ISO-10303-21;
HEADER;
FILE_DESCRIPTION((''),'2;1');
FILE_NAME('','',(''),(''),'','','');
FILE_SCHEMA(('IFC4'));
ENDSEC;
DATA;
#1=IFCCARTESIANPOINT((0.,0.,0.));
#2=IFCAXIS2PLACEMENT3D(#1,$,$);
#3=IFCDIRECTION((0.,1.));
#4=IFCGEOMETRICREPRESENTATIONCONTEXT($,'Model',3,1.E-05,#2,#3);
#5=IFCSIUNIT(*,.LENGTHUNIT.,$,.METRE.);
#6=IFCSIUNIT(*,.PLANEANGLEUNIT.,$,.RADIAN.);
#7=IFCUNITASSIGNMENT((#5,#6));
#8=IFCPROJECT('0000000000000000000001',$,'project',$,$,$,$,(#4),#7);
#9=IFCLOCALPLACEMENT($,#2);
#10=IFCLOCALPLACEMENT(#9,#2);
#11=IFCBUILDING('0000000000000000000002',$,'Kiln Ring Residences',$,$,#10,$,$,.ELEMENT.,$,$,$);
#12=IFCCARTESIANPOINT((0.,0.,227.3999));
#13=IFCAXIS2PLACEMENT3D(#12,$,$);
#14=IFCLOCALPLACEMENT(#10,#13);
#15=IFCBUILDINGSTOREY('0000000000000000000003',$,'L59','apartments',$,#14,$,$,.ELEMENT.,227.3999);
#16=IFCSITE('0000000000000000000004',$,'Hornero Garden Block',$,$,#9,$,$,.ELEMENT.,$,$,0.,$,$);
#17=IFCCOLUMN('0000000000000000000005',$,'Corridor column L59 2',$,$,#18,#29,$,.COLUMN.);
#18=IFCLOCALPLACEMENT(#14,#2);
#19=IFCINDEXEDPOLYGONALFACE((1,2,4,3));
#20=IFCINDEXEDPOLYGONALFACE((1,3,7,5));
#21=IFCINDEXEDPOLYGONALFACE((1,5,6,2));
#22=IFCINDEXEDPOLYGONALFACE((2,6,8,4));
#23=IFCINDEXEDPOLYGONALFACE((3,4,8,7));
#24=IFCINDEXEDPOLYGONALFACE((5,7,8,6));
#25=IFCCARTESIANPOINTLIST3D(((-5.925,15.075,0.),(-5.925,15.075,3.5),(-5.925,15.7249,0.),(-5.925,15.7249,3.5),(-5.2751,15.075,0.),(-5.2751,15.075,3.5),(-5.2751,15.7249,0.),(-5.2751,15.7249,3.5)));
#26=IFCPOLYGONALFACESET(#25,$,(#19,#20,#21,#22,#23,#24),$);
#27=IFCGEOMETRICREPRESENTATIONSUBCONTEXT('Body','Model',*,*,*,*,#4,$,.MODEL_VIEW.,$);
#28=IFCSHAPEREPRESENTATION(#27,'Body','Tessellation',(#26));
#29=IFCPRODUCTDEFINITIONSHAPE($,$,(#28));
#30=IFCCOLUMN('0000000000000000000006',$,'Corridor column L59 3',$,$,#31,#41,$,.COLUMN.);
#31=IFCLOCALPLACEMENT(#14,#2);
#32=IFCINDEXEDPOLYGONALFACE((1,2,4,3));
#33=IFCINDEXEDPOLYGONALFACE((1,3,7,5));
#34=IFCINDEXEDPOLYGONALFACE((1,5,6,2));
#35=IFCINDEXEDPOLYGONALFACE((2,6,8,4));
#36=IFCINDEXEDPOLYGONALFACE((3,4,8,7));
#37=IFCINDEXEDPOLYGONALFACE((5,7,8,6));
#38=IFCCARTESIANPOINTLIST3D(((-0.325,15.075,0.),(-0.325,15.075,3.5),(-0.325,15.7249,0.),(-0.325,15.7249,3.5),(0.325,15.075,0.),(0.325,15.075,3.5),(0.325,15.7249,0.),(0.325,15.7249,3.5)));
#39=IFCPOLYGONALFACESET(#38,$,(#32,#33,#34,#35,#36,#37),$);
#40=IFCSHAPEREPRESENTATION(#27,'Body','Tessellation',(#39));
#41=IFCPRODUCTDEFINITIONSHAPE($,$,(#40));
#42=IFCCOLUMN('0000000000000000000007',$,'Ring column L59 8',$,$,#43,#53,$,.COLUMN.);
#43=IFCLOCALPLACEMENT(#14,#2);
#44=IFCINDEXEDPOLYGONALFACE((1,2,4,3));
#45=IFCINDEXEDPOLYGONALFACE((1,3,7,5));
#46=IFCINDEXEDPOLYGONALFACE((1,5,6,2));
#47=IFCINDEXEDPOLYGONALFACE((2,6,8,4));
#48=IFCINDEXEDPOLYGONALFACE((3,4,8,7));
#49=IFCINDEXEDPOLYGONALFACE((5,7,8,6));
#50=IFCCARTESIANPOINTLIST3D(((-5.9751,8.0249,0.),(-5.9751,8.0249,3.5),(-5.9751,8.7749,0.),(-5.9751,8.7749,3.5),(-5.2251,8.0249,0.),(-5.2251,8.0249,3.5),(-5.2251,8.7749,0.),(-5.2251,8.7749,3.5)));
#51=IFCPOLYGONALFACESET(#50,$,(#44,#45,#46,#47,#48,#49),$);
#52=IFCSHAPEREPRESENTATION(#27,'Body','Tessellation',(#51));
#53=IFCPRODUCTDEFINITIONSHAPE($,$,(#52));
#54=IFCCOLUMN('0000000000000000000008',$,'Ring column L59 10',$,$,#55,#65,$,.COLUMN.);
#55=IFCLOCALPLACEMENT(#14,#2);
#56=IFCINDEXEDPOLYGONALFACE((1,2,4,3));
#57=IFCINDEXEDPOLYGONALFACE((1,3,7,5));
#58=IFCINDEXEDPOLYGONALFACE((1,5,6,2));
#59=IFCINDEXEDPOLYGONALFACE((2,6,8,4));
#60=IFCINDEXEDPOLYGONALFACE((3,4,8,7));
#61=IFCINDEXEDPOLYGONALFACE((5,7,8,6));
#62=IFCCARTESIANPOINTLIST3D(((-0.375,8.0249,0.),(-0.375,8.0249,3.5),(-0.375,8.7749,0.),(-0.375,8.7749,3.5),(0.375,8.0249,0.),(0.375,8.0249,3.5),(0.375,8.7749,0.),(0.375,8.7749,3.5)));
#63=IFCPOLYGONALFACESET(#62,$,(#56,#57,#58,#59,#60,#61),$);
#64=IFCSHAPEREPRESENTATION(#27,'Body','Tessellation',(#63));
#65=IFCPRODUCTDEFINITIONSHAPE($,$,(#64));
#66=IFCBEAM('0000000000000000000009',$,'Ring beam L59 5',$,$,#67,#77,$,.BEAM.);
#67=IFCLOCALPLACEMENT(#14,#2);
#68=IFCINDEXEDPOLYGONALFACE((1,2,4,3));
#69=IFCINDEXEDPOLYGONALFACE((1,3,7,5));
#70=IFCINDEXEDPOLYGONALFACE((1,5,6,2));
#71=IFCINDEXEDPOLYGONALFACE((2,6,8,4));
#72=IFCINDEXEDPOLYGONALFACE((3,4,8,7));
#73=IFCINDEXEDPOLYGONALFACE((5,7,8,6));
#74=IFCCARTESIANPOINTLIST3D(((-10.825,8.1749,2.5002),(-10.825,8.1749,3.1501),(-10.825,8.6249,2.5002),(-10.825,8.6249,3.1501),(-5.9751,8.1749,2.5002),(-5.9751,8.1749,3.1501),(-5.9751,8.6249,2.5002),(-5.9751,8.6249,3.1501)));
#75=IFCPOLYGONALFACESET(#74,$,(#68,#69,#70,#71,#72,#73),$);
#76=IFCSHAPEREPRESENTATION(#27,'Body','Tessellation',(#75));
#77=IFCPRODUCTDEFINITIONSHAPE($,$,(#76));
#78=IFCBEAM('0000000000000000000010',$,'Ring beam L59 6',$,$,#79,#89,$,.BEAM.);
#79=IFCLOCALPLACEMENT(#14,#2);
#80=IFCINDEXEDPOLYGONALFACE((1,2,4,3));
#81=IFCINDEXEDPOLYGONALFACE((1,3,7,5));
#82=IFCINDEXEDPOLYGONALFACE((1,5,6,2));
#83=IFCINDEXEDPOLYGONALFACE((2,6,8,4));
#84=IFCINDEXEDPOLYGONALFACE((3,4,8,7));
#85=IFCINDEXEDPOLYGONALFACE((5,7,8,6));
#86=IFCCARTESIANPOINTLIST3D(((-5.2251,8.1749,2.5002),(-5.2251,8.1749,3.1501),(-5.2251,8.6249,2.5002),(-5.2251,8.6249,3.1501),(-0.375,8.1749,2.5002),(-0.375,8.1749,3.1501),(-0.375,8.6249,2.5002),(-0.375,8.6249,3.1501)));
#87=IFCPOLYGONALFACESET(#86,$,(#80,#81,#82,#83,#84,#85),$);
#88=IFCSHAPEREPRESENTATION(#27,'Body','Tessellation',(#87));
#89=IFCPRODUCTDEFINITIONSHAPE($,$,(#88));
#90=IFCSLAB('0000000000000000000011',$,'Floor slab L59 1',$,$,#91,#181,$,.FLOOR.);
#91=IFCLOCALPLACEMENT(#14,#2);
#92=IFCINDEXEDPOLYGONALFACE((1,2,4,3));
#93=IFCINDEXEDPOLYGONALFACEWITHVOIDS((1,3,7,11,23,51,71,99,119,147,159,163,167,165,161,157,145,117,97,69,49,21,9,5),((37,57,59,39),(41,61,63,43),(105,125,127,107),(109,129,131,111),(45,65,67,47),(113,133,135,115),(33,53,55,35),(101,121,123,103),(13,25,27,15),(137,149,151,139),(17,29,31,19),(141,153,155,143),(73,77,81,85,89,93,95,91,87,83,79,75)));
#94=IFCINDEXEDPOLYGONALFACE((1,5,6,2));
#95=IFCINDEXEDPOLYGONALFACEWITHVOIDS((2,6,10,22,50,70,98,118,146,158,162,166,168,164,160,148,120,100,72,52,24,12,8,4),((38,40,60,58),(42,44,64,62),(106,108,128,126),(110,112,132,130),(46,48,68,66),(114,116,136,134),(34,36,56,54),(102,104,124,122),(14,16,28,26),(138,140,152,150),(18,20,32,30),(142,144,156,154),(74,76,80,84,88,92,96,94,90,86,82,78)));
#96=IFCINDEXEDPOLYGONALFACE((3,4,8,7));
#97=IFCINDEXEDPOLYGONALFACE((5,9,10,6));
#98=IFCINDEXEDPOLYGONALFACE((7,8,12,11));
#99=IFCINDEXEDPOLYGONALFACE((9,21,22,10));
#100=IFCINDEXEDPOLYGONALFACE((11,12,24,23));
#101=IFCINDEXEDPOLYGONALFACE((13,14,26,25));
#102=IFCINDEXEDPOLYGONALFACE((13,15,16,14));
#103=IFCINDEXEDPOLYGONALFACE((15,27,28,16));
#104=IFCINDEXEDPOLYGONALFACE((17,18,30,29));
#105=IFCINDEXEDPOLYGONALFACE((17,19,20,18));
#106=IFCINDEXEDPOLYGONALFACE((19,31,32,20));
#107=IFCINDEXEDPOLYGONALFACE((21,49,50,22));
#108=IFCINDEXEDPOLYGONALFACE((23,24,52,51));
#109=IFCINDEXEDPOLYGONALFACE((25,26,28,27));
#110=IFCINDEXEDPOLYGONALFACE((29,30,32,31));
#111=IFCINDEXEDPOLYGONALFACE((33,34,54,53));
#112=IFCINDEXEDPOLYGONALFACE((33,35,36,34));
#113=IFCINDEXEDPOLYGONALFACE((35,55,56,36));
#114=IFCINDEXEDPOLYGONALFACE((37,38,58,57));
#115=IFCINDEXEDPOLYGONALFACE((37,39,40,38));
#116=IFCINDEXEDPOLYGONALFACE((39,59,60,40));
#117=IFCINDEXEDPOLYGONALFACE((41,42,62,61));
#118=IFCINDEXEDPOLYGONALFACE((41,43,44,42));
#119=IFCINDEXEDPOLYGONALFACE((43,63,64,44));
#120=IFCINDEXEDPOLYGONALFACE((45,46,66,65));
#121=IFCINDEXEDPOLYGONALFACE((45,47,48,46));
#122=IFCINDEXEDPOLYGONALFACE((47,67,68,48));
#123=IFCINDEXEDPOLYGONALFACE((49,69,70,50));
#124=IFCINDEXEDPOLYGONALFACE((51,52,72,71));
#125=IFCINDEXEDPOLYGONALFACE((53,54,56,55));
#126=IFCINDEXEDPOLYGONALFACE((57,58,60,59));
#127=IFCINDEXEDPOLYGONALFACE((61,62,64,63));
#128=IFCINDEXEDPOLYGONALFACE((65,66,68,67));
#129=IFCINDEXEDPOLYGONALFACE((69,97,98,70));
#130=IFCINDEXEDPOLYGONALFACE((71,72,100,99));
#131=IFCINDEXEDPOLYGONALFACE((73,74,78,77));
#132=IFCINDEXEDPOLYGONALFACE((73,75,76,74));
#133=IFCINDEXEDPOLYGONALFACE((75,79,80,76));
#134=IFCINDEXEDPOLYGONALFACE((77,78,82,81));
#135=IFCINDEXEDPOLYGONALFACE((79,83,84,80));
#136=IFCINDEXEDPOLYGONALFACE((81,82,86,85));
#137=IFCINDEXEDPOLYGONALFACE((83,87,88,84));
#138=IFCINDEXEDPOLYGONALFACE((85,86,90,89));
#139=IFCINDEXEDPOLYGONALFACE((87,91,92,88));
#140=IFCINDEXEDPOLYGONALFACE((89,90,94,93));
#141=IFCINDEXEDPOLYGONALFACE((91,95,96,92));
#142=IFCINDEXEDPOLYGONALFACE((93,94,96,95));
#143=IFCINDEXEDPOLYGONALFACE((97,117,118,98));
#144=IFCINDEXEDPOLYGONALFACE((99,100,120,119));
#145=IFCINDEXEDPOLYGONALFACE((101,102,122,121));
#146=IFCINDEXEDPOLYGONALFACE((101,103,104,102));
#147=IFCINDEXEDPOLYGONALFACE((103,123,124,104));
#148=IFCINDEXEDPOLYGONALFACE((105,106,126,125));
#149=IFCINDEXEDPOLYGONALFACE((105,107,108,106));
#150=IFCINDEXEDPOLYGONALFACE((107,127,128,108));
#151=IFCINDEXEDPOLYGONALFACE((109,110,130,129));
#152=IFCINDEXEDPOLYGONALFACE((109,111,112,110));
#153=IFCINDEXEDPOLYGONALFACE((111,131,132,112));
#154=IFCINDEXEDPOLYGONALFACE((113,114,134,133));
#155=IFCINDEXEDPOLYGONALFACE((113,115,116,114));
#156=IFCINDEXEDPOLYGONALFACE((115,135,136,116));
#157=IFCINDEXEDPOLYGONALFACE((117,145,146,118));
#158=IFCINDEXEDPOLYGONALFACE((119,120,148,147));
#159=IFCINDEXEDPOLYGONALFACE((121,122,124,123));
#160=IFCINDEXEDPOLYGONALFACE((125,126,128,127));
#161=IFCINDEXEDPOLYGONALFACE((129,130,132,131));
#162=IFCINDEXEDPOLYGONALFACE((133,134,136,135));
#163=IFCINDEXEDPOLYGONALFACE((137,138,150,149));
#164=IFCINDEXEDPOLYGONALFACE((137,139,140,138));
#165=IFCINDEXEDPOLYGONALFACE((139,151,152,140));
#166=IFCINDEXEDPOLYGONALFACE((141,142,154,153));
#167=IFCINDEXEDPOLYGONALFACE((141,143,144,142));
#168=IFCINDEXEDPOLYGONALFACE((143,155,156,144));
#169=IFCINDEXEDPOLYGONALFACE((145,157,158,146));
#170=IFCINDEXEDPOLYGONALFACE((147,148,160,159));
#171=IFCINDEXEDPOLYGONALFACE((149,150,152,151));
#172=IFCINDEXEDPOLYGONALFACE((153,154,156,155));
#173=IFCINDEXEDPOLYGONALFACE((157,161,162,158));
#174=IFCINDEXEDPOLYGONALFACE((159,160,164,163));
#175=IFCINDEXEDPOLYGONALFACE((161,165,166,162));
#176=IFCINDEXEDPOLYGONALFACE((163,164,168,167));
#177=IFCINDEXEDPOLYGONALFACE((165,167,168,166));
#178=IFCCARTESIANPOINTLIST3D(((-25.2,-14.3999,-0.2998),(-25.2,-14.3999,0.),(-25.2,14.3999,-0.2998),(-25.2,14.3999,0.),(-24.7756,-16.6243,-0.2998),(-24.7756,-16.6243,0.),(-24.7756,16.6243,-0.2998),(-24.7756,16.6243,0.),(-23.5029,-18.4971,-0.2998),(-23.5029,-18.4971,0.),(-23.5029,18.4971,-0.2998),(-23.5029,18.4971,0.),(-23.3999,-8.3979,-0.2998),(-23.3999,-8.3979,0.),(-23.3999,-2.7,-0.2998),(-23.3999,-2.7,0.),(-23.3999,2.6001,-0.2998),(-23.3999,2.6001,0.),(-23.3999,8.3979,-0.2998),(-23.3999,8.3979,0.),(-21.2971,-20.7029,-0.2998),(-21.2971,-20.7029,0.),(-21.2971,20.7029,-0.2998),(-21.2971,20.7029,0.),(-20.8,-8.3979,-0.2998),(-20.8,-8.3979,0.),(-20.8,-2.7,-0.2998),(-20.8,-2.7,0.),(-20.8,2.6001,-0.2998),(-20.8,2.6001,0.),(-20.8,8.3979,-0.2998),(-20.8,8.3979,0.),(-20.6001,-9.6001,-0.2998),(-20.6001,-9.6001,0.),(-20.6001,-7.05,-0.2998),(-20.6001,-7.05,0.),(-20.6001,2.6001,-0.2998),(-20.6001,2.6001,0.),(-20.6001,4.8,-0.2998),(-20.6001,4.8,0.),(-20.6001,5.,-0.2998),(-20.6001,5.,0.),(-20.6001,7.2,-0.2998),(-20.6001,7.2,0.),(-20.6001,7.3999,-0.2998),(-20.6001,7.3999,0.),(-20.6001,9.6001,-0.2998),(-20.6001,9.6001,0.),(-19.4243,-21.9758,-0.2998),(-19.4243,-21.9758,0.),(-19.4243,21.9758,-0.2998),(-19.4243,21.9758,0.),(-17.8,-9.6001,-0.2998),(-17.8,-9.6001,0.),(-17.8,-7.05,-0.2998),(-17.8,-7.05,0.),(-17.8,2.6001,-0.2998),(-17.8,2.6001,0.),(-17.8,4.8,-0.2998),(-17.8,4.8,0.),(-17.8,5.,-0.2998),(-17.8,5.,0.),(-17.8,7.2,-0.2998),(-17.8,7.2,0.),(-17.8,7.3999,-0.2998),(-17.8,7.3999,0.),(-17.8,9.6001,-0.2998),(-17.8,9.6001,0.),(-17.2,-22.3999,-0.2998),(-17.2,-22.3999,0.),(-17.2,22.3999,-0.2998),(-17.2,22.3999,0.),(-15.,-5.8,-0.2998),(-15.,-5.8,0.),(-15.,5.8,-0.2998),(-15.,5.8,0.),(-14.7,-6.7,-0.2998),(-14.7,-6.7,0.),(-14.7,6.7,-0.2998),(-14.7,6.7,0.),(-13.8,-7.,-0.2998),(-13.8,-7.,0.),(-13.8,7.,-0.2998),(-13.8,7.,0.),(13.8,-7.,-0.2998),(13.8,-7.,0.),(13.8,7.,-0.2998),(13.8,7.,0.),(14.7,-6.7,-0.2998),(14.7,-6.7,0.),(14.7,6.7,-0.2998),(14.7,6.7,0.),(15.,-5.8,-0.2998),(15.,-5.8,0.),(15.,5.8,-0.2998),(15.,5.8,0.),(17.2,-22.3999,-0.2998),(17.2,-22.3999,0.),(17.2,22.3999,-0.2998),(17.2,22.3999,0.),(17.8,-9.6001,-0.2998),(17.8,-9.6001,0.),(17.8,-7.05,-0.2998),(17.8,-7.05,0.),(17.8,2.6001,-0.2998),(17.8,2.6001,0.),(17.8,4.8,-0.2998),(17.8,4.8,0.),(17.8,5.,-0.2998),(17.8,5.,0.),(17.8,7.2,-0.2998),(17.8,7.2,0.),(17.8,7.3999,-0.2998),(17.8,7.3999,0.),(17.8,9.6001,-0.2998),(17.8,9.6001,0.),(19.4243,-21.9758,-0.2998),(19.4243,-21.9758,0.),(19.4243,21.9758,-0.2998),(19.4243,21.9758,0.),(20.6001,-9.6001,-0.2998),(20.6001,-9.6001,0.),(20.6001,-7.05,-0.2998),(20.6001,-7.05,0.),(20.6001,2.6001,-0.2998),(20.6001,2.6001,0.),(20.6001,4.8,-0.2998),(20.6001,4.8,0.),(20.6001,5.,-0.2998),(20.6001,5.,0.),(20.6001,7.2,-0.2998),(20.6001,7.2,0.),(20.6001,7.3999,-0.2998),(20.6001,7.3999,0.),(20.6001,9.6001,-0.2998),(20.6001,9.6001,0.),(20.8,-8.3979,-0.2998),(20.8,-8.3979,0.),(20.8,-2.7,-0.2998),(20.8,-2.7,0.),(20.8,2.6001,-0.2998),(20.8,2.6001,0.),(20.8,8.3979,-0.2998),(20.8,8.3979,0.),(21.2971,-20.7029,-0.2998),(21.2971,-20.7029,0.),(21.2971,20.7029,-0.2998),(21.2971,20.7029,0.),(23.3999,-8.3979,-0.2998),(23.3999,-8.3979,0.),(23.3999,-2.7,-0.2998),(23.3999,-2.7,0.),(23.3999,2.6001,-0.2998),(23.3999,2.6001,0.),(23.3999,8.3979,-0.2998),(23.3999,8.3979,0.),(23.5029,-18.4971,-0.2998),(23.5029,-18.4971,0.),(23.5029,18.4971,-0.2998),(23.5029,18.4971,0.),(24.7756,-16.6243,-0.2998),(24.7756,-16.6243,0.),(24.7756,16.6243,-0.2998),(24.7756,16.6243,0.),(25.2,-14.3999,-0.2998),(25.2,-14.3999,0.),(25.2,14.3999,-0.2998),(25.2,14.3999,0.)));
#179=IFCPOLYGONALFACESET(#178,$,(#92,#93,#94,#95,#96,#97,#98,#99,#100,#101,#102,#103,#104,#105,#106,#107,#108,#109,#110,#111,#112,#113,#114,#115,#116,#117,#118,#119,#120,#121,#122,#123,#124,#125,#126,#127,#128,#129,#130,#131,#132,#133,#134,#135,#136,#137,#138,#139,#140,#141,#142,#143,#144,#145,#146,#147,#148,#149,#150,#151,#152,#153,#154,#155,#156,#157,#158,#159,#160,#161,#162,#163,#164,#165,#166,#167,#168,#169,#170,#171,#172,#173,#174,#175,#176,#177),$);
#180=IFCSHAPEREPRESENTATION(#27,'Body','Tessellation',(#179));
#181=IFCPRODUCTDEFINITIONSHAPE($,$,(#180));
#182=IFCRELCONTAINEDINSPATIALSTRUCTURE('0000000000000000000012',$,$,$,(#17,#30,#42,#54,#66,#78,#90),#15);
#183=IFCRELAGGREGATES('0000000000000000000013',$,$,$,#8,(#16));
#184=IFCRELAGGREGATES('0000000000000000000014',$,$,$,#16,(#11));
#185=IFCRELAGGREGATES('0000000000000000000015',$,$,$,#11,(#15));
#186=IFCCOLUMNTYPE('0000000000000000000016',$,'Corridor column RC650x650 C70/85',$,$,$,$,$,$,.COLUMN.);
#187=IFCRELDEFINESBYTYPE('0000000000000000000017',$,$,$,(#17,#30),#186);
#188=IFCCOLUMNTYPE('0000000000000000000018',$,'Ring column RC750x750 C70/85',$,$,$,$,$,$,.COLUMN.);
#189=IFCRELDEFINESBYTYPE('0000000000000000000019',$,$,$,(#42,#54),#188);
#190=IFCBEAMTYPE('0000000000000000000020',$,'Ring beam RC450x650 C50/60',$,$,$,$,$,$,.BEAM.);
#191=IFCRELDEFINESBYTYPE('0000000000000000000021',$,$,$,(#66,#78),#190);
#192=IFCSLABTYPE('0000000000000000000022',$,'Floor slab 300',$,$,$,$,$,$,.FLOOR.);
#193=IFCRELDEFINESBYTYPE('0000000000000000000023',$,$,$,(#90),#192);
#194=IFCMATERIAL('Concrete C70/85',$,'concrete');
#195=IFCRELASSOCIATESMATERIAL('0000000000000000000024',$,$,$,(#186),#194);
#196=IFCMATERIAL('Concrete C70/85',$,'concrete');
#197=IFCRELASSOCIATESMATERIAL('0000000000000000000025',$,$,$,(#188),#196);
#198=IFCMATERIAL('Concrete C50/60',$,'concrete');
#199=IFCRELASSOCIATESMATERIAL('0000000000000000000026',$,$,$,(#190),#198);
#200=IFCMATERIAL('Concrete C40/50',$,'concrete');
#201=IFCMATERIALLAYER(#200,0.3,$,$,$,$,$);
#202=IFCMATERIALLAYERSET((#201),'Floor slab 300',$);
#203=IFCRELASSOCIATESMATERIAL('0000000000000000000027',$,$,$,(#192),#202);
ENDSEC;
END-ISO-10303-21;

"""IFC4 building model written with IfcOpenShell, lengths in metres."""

from ifc_helpers import new_model, si_unit, direction, frame, origin, origin_2d, place, context, subcontext, project, spatial, polyline, rectangle, outline, extrude, material, layer, layer_set, material_profile, profile_set, type_object, element, save


model = new_model("IFC4")

# Units and contexts
model_context = context("Model", 3, precision=1e-05, world=origin(), true_north=direction((0.0, 1.0)))
body_context = subcontext(model_context, "Body", "Model", "MODEL_VIEW")
ifc_project = project(units=[si_unit("LENGTHUNIT", "METRE"), si_unit("PLANEANGLEUNIT", "RADIAN")], contexts=[model_context])

# Site, building, storey
site_placement = place(None, origin())
site = spatial("IfcSite", under=ifc_project, at=site_placement, Name="Hornero Garden Block", CompositionType="ELEMENT", RefElevation=0.0)
building_placement = place(site_placement, origin())
building = spatial("IfcBuilding", under=site, at=building_placement, Name="Kiln Ring Residences", CompositionType="ELEMENT")
storey_placement = place(building_placement, frame((0.0, 0.0, 227.3999)))
storey = spatial("IfcBuildingStorey", under=building, at=storey_placement, Name="L59", Description="apartments", CompositionType="ELEMENT", Elevation=227.3999)

# Columns
ifc_material_1 = material(Name="Concrete C70/85", Category="concrete")
ifc_material_profile_1 = material_profile(ifc_material_1, rectangle(XDim=0.6499, YDim=0.6499, at=origin_2d()), Name="RC650x650")
ifc_profile_set_1 = profile_set([ifc_material_profile_1], Name="Concrete C70/85")
column_type_1 = type_object("IfcColumnType", Name="Corridor column RC650x650 C70/85", PredefinedType="COLUMN", material=ifc_profile_set_1)
for number, where, z_axis, x_axis, name in (
    (1, (-5.6001, 15.3999, 0.0), (0.0, 0.0, 1.0), (1.0, 0.0, 0.0), "Corridor column L59 2"),
    (2, (0.0, 15.3999, 0.0), (0.0, 0.0, 1.0), (1.0, 0.0, 0.0), "Corridor column L59 3"),
):
    element("IfcColumn", number, at=place(storey_placement, frame(where, z_axis=z_axis, x_axis=x_axis)), inside=storey, type_object=column_type_1, Name=name, PredefinedType="COLUMN", context=body_context, shape_type="SweptSolid", body=[
        extrude(rectangle(XDim=0.6499, YDim=0.6499, at=origin_2d()), origin(), (0.0, 0.0, 1.0), 3.5),
    ])
ifc_material_2 = material(Name="Concrete C70/85", Category="concrete")
ifc_material_profile_2 = material_profile(ifc_material_2, rectangle(XDim=0.75, YDim=0.75, at=origin_2d()), Name="RC750x750")
ifc_profile_set_2 = profile_set([ifc_material_profile_2], Name="Concrete C70/85")
column_type_2 = type_object("IfcColumnType", Name="Ring column RC750x750 C70/85", PredefinedType="COLUMN", material=ifc_profile_set_2)
for number, where, z_axis, x_axis, name in (
    (3, (-5.6001, 8.3999, 0.0), (0.0, 0.0, 1.0), (1.0, 0.0, 0.0), "Ring column L59 8"),
    (4, (0.0, 8.3999, 0.0), (0.0, 0.0, 1.0), (1.0, 0.0, 0.0), "Ring column L59 10"),
):
    element("IfcColumn", number, at=place(storey_placement, frame(where, z_axis=z_axis, x_axis=x_axis)), inside=storey, type_object=column_type_2, Name=name, PredefinedType="COLUMN", context=body_context, shape_type="SweptSolid", body=[
        extrude(rectangle(XDim=0.75, YDim=0.75, at=origin_2d()), origin(), (0.0, 0.0, 1.0), 3.5),
    ])

# Beams
ifc_material_3 = material(Name="Concrete C50/60", Category="concrete")
ifc_material_profile_3 = material_profile(ifc_material_3, rectangle(XDim=0.45, YDim=0.6499, at=origin_2d()), Name="RC450x650")
ifc_profile_set_3 = profile_set([ifc_material_profile_3], Name="Concrete C50/60")
beam_type = type_object("IfcBeamType", Name="Ring beam RC450x650 C50/60", PredefinedType="BEAM", material=ifc_profile_set_3)
beam_1_placement = place(storey_placement, frame((-10.825, 8.3999, 2.8252), z_axis=(1.0, 0.0, 0.0), x_axis=(0.0, 1.0, 0.0)))
element("IfcBeam", 5, at=beam_1_placement, inside=storey, type_object=beam_type, Name="Ring beam L59 5", PredefinedType="BEAM", context=body_context, shape_type="SweptSolid", body=[
    extrude(rectangle(XDim=0.45, YDim=0.6499, at=origin_2d()), origin(), (0.0, 0.0, 1.0), 4.8499),
])
beam_2_placement = place(storey_placement, frame((-5.2251, 8.3999, 2.8252), z_axis=(1.0, 0.0, 0.0), x_axis=(0.0, 1.0, 0.0)))
element("IfcBeam", 6, at=beam_2_placement, inside=storey, type_object=beam_type, Name="Ring beam L59 6", PredefinedType="BEAM", context=body_context, shape_type="SweptSolid", body=[
    extrude(rectangle(XDim=0.45, YDim=0.6499, at=origin_2d()), origin(), (0.0, 0.0, 1.0), 4.8501),
])

# Slab
ifc_material_4 = material(Name="Concrete C40/50", Category="concrete")
ifc_layer_1 = layer(ifc_material_4, 0.3)
ifc_layer_set_1 = layer_set([ifc_layer_1], Name="Floor slab 300")
slab_type_1 = type_object("IfcSlabType", Name="Floor slab 300", PredefinedType="FLOOR", material=ifc_layer_set_1)
slab_1_placement = place(storey_placement, frame((0.0, 0.0, -0.2998)))
element("IfcSlab", 7, at=slab_1_placement, inside=storey, type_object=slab_type_1, Name="Floor slab L59 1", PredefinedType="FLOOR", context=body_context, shape_type="SweptSolid", body=[
    extrude(outline(polyline([(-23.5029, -18.4971), (-21.2971, -20.7029), (-19.4243, -21.9758), (-17.2, -22.3999), (17.2, -22.3999), (19.4243, -21.9758), (21.2971, -20.7029), (23.5029, -18.4971), (24.7756, -16.6243), (25.2, -14.3999), (25.2, 14.3999), (24.7756, 16.6243), (23.5029, 18.4971), (21.2971, 20.7029), (19.4243, 21.9758), (17.2, 22.3999), (-17.2, 22.3999), (-19.4243, 21.9758), (-21.2971, 20.7029), (-23.5029, 18.4971), (-24.7756, 16.6243), (-25.2, 14.3999), (-25.2, -14.3999), (-24.7756, -16.6243), (-23.5029, -18.4971)]), holes=[polyline([(-14.7, -6.7), (-15.0, -5.8), (-15.0, 5.8), (-14.7, 6.7), (-13.8, 7.0), (13.8, 7.0), (14.7, 6.7), (15.0, 5.8), (15.0, -5.8), (14.7, -6.7), (13.8, -7.0), (-13.8, -7.0), (-14.7, -6.7)]), polyline([(20.8, -8.3979), (20.8, -2.7), (23.3999, -2.7), (23.3999, -8.3979), (20.8, -8.3979)]), polyline([(23.3999, 2.6001), (20.8, 2.6001), (20.8, 8.3979), (23.3999, 8.3979), (23.3999, 2.6001)]), polyline([(17.8, 2.6001), (17.8, 4.8), (20.6001, 4.8), (20.6001, 2.6001), (17.8, 2.6001)]), polyline([(17.8, 5.0), (17.8, 7.2), (20.6001, 7.2), (20.6001, 5.0), (17.8, 5.0)]), polyline([(17.8, 7.3999), (17.8, 9.6001), (20.6001, 9.6001), (20.6001, 7.3999), (17.8, 7.3999)]), polyline([(20.6001, -9.6001), (17.8, -9.6001), (17.8, -7.05), (20.6001, -7.05), (20.6001, -9.6001)]), polyline([(-17.8, -7.05), (-17.8, -9.6001), (-20.6001, -9.6001), (-20.6001, -7.05), (-17.8, -7.05)]), polyline([(-17.8, 2.6001), (-20.6001, 2.6001), (-20.6001, 4.8), (-17.8, 4.8), (-17.8, 2.6001)]), polyline([(-17.8, 5.0), (-20.6001, 5.0), (-20.6001, 7.2), (-17.8, 7.2), (-17.8, 5.0)]), polyline([(-17.8, 7.3999), (-20.6001, 7.3999), (-20.6001, 9.6001), (-17.8, 9.6001), (-17.8, 7.3999)]), polyline([(-20.8, -8.3979), (-23.3999, -8.3979), (-23.3999, -2.7), (-20.8, -2.7), (-20.8, -8.3979)]), polyline([(-20.8, 8.3979), (-20.8, 2.6001), (-23.3999, 2.6001), (-23.3999, 8.3979), (-20.8, 8.3979)])]), origin(), (0.0, 0.0, 1.0), 0.2998),
])

save(model, "model.ifc")
